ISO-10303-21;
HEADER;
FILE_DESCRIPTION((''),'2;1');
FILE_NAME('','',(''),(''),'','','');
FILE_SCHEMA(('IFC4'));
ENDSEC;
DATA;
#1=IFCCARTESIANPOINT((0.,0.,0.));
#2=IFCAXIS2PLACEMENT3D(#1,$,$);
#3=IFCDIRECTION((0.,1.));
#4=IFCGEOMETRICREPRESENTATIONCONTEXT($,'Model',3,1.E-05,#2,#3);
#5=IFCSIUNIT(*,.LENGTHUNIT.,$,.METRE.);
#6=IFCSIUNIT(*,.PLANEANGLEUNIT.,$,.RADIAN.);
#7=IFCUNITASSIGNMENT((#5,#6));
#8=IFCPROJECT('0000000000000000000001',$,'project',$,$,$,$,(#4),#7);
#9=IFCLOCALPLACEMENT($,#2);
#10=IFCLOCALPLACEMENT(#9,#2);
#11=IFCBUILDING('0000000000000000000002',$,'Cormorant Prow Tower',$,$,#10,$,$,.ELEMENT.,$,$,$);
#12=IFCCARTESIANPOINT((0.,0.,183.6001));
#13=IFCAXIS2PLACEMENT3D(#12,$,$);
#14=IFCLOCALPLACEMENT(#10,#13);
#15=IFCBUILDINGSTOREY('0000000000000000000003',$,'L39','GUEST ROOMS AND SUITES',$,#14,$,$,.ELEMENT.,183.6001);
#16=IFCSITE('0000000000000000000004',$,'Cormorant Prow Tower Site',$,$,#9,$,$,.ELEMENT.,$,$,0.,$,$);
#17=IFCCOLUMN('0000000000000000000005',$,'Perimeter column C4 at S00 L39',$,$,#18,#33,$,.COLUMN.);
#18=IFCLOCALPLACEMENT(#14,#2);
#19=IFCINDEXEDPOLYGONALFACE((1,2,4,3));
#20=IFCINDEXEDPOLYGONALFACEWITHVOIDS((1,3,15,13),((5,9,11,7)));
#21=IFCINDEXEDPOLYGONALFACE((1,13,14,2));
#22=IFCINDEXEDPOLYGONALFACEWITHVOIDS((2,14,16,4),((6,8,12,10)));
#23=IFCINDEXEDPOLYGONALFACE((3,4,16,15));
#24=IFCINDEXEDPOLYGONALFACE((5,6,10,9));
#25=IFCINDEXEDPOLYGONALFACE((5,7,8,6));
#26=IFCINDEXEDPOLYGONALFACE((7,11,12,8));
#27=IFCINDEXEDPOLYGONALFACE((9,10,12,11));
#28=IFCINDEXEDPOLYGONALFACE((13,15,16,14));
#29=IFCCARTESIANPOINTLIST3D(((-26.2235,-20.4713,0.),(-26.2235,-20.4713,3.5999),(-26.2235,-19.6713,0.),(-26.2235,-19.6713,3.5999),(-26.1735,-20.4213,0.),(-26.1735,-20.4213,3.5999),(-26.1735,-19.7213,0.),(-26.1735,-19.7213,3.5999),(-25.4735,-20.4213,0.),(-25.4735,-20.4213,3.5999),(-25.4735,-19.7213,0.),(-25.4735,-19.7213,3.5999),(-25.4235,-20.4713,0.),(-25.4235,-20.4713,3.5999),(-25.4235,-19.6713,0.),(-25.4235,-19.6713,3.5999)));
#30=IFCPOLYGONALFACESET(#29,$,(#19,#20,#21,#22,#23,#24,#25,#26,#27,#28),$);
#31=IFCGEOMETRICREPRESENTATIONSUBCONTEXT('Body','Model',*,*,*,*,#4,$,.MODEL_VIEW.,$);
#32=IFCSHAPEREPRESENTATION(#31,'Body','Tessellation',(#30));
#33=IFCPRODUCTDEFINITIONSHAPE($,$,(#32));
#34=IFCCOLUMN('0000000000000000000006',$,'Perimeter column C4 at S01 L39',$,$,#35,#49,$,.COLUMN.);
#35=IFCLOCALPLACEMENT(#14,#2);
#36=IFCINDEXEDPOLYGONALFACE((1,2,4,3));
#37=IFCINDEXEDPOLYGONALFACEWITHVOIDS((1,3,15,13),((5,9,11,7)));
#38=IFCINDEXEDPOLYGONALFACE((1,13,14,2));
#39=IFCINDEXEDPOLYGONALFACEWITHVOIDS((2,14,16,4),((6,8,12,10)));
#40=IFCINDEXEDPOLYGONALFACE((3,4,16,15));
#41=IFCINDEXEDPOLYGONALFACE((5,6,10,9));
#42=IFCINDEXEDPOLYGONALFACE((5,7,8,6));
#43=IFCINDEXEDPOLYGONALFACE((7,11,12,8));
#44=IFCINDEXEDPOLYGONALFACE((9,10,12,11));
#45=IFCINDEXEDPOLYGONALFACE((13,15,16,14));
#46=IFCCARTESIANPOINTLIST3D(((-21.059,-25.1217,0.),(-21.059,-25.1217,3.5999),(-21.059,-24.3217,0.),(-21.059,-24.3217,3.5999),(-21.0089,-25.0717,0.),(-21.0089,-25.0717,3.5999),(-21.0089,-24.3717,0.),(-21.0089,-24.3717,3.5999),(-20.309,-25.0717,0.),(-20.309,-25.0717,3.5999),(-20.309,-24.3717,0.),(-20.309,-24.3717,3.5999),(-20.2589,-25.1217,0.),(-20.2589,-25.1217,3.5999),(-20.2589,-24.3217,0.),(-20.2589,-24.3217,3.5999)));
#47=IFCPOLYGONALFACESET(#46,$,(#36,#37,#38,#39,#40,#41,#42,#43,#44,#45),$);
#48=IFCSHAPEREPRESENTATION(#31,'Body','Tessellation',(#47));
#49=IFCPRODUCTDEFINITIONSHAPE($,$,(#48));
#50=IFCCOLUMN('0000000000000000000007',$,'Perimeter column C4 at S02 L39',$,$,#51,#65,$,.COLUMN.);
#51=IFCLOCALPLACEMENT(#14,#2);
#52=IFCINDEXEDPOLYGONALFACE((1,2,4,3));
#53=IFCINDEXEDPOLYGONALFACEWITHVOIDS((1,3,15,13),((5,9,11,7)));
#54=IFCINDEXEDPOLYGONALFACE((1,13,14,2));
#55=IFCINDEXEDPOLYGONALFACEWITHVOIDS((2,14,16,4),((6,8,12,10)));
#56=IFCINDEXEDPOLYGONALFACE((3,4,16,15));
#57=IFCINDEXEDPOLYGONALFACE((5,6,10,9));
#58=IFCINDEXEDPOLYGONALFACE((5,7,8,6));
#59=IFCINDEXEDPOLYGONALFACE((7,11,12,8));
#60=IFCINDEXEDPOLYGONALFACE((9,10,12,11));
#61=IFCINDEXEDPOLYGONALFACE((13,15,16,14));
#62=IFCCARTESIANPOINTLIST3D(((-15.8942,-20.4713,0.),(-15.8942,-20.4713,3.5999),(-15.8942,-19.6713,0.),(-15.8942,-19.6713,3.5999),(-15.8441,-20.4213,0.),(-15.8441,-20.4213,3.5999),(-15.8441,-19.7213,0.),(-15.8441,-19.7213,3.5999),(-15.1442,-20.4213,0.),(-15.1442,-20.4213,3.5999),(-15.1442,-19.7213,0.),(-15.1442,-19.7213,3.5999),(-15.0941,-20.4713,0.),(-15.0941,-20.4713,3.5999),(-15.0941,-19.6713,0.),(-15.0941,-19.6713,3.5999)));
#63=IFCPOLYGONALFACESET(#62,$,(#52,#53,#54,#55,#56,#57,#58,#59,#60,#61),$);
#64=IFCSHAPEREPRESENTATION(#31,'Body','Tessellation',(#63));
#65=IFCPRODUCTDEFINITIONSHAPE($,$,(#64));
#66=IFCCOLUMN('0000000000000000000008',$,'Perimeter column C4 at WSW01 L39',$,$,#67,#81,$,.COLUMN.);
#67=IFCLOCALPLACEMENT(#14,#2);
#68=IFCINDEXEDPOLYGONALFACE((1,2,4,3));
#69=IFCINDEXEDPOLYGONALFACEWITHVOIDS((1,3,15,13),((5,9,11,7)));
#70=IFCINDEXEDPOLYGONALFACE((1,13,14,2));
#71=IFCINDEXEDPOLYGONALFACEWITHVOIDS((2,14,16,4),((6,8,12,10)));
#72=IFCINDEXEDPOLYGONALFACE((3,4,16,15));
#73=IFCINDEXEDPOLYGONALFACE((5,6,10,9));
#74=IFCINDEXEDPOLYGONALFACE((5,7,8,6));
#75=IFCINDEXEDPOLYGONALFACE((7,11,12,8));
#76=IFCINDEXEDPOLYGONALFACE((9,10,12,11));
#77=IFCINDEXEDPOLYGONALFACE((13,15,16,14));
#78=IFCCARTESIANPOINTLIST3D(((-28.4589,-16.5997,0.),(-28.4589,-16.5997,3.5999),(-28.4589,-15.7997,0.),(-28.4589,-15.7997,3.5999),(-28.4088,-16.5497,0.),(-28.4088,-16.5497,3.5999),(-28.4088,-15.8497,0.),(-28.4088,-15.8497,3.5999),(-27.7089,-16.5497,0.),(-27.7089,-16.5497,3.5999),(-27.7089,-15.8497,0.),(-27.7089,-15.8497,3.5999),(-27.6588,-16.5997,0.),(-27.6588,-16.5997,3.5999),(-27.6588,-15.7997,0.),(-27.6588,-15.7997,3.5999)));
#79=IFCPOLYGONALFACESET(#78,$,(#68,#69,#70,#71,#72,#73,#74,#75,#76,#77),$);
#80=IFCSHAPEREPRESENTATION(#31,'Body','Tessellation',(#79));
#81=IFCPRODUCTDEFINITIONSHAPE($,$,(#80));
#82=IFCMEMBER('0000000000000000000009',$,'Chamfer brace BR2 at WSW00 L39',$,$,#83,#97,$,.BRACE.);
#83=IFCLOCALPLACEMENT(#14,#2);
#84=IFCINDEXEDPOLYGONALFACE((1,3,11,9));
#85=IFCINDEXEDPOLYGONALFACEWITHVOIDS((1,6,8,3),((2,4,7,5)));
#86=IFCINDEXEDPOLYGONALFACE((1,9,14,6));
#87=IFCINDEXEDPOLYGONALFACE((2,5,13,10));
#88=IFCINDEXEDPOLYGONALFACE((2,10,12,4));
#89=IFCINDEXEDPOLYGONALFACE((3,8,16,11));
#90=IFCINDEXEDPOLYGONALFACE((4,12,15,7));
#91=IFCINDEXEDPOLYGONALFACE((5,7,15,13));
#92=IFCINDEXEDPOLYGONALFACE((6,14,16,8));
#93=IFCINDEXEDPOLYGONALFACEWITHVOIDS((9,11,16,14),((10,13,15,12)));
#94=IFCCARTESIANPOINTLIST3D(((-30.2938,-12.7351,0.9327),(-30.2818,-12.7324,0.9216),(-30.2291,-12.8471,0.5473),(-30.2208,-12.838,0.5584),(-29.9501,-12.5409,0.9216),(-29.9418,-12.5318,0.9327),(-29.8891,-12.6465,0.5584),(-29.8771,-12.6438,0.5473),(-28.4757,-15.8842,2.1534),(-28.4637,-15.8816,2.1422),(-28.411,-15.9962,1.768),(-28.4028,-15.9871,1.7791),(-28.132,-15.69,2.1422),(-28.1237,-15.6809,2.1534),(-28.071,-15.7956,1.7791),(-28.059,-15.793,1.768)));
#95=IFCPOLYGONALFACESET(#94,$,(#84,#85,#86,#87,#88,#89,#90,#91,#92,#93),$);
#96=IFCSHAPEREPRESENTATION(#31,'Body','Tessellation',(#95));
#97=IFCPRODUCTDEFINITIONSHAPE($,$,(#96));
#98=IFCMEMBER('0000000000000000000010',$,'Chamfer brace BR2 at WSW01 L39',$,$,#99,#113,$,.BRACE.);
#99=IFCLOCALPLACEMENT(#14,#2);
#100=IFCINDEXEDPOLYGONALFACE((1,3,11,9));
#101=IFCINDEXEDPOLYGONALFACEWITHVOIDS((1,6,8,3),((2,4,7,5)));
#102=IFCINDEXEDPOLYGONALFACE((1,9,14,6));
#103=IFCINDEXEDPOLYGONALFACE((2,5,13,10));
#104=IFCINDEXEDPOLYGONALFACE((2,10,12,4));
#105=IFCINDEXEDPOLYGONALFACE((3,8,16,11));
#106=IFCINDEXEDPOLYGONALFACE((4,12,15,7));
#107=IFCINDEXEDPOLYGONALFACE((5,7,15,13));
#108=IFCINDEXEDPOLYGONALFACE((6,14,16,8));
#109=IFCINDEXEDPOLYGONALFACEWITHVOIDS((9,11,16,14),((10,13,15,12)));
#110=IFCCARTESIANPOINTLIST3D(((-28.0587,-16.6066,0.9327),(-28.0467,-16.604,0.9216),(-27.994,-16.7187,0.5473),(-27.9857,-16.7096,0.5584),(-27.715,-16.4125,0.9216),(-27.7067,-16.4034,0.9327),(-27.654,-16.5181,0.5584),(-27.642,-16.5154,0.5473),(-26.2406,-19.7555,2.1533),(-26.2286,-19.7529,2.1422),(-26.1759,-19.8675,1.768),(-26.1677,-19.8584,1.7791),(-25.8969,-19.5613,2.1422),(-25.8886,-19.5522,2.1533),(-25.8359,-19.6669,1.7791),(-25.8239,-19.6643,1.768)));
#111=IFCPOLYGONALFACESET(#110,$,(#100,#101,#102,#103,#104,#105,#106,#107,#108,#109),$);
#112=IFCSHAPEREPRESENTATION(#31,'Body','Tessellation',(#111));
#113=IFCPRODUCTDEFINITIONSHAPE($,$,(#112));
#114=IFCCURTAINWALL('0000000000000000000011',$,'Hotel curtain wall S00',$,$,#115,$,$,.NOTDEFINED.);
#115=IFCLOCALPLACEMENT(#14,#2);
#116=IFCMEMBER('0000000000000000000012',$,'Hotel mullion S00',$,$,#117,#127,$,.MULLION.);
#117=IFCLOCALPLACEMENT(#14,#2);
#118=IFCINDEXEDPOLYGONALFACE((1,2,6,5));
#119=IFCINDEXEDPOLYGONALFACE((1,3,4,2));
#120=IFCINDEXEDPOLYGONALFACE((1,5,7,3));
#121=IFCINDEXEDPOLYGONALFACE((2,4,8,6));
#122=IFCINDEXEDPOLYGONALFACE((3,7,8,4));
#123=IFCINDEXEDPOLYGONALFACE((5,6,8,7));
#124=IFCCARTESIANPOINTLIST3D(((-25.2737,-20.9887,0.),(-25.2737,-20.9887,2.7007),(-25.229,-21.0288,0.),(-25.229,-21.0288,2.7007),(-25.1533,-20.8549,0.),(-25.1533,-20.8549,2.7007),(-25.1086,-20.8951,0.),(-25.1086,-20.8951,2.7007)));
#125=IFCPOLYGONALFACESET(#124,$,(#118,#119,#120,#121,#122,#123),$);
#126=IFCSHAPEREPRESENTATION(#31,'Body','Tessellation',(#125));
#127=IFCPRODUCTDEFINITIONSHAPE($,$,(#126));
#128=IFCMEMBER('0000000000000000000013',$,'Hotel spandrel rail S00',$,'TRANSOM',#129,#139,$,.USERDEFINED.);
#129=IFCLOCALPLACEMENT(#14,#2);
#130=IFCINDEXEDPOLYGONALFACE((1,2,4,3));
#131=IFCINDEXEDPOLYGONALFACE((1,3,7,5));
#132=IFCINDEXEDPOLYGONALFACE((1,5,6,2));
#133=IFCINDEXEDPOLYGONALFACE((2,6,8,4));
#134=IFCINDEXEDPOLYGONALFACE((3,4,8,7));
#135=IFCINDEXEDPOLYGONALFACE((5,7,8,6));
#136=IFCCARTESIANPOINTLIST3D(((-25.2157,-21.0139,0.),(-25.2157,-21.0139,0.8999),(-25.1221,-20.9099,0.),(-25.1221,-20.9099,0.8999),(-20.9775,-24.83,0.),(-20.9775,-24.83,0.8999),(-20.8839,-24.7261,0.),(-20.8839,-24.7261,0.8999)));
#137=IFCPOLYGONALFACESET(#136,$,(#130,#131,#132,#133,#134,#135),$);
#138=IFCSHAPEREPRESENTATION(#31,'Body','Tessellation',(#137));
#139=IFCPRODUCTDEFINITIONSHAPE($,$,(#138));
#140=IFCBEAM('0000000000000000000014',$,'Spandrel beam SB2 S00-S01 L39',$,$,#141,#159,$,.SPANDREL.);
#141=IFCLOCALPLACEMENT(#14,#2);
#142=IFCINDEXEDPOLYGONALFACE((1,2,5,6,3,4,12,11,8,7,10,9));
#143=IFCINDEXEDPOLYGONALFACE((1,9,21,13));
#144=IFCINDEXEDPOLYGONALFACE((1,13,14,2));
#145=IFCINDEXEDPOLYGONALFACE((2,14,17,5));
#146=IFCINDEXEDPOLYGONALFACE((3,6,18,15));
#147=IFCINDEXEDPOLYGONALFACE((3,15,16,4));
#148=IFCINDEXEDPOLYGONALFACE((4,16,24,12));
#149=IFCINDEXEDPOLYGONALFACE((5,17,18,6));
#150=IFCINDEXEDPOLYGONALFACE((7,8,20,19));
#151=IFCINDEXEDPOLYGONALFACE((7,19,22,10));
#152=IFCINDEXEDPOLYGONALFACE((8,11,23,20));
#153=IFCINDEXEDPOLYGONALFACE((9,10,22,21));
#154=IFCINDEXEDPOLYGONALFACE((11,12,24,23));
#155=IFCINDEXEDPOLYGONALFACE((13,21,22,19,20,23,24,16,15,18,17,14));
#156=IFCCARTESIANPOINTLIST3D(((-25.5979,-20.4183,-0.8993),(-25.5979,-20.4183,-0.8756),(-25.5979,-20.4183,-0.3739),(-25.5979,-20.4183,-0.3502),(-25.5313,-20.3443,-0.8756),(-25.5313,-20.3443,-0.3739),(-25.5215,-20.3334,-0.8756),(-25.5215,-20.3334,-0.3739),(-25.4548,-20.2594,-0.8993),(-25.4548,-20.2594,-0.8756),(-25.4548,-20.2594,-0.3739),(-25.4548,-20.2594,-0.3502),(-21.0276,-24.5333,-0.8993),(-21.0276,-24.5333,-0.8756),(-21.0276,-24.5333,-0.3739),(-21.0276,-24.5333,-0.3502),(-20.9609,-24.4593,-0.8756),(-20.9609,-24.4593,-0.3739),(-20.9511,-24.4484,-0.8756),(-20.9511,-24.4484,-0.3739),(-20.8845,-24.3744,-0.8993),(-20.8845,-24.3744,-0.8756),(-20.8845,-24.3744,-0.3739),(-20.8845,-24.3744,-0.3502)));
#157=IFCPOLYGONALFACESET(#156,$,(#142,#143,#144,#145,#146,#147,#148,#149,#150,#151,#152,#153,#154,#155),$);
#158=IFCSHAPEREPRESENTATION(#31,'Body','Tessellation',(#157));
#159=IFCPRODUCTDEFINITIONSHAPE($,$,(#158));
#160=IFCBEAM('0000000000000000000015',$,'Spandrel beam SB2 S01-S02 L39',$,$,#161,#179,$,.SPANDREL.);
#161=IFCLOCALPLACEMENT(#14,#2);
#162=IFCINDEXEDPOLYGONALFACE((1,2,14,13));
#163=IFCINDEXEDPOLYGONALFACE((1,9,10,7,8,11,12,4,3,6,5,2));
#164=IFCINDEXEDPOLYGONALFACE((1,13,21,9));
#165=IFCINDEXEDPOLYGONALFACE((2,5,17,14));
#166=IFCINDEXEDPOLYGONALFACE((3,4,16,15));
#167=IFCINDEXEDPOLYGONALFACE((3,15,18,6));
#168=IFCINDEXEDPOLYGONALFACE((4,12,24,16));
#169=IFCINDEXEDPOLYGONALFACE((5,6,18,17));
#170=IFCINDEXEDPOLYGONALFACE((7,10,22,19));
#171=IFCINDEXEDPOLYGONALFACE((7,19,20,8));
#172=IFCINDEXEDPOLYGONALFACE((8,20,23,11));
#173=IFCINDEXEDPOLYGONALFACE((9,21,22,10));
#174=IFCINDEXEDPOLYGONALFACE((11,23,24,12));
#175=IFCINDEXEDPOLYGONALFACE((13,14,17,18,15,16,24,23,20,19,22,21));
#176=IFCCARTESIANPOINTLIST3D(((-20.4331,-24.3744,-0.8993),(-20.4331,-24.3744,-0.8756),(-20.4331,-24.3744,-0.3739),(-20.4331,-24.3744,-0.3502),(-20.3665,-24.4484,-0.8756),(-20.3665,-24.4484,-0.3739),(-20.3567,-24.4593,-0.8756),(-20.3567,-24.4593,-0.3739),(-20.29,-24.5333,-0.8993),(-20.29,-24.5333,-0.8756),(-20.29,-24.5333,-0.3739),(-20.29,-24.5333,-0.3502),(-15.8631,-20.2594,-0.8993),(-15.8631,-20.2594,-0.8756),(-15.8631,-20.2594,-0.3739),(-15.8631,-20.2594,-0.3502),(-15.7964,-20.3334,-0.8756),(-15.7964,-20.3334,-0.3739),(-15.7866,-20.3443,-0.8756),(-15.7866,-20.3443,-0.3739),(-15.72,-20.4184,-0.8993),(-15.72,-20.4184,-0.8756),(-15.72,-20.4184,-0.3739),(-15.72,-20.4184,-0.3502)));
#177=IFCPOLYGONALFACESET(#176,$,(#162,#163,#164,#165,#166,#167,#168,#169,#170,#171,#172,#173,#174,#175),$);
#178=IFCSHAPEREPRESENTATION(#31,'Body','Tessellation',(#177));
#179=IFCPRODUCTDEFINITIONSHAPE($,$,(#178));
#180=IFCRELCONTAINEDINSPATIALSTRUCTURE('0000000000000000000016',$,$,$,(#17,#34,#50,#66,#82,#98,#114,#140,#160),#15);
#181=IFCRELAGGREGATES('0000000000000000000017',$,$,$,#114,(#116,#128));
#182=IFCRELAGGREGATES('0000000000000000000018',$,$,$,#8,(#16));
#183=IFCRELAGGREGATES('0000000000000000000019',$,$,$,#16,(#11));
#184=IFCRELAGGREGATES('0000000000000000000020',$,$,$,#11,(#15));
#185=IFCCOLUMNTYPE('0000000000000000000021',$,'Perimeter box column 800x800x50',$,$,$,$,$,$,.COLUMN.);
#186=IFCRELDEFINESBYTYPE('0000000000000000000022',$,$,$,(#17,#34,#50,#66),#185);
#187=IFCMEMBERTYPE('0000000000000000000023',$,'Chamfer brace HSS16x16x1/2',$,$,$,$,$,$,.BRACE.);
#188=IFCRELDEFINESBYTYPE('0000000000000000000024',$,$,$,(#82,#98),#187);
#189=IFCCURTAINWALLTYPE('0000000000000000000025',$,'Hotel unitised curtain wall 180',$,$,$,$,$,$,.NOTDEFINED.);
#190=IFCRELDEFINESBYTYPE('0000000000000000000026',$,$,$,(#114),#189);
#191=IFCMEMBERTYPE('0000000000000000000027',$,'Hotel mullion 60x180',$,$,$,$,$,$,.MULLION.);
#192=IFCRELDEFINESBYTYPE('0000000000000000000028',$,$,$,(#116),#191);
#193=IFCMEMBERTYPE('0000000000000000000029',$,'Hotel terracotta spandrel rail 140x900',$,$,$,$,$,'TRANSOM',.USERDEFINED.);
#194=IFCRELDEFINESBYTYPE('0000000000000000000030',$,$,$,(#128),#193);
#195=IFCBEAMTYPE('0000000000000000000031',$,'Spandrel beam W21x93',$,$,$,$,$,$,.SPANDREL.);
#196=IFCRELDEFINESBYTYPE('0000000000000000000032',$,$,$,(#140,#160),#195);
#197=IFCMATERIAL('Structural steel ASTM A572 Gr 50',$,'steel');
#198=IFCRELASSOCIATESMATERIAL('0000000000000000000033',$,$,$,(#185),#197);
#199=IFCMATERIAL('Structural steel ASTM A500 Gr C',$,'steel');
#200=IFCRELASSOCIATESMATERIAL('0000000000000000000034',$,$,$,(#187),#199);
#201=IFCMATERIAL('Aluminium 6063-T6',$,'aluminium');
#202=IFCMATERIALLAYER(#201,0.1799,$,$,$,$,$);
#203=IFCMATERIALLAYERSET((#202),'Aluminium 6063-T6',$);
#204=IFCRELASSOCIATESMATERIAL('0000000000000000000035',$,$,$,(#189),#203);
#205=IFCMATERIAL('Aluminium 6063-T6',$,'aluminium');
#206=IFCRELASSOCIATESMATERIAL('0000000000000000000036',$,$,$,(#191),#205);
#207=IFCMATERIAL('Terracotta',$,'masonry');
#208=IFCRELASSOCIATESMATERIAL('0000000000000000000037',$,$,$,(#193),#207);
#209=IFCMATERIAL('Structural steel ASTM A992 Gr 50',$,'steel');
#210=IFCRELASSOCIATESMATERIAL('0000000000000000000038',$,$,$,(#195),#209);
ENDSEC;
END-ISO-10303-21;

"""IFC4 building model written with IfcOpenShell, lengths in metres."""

from ifc_helpers import new_model, si_unit, direction, frame, origin, origin_2d, place, context, subcontext, project, spatial, rectangle, hollow_rectangle, i_section, extrude, material, layer, layer_set, material_profile, profile_set, type_object, element, aggregate, save


model = new_model("IFC4")

# Units and contexts
model_context = context("Model", 3, precision=1e-05, world=origin(), true_north=direction((0.0, 1.0)))
body_context = subcontext(model_context, "Body", "Model", "MODEL_VIEW")
ifc_project = project(units=[si_unit("LENGTHUNIT", "METRE"), si_unit("PLANEANGLEUNIT", "RADIAN")], contexts=[model_context])

# Site, building, storey
site_placement = place(None, origin())
site = spatial("IfcSite", under=ifc_project, at=site_placement, Name="Cormorant Prow Tower Site", CompositionType="ELEMENT", RefElevation=0.0)
building_placement = place(site_placement, origin())
building = spatial("IfcBuilding", under=site, at=building_placement, Name="Cormorant Prow Tower", CompositionType="ELEMENT")
storey_placement = place(building_placement, frame((0.0, 0.0, 183.6001)))
storey = spatial("IfcBuildingStorey", under=building, at=storey_placement, Name="L39", Description="GUEST ROOMS AND SUITES", CompositionType="ELEMENT", Elevation=183.6001)

# Columns
ifc_material_1 = material(Name="Structural steel ASTM A572 Gr 50", Category="steel")
ifc_material_profile_1 = material_profile(ifc_material_1, hollow_rectangle(XDim=0.8, YDim=0.8, WallThickness=0.05, at=origin_2d()), Name="Box 800x800x50")
ifc_profile_set_1 = profile_set([ifc_material_profile_1], Name="Structural steel ASTM A572 Gr 50")
column_type = type_object("IfcColumnType", Name="Perimeter box column 800x800x50", PredefinedType="COLUMN", material=ifc_profile_set_1)
for number, where, z_axis, x_axis, name in (
    (1, (-25.8235, -20.0713, 0.0), (0.0, 0.0, 1.0), (1.0, 0.0, 0.0), "Perimeter column C4 at S00 L39"),
    (2, (-20.6589, -24.7217, 0.0), (0.0, 0.0, 1.0), (1.0, 0.0, 0.0), "Perimeter column C4 at S01 L39"),
    (3, (-15.4941, -20.0713, 0.0), (0.0, 0.0, 1.0), (1.0, 0.0, 0.0), "Perimeter column C4 at S02 L39"),
    (4, (-28.0588, -16.1997, 0.0), (0.0, 0.0, 1.0), (1.0, 0.0, 0.0), "Perimeter column C4 at WSW01 L39"),
):
    element("IfcColumn", number, at=place(storey_placement, frame(where, z_axis=z_axis, x_axis=x_axis)), inside=storey, type_object=column_type, Name=name, PredefinedType="COLUMN", context=body_context, shape_type="SweptSolid", body=[
        extrude(hollow_rectangle(XDim=0.8, YDim=0.8, WallThickness=0.05, at=origin_2d()), origin(), (0.0, 0.0, 1.0), 3.5999),
    ])

# Members
ifc_material_2 = material(Name="Structural steel ASTM A500 Gr C", Category="steel")
ifc_material_profile_2 = material_profile(ifc_material_2, hollow_rectangle(XDim=0.4065, YDim=0.4065, WallThickness=0.0117, at=origin_2d()), Name="HSS16x16x1/2")
ifc_profile_set_2 = profile_set([ifc_material_profile_2], Name="Structural steel ASTM A500 Gr C")
member_type_1 = type_object("IfcMemberType", Name="Chamfer brace HSS16x16x1/2", PredefinedType="BRACE", material=ifc_profile_set_2)
member_1_placement = place(storey_placement, frame((-30.0854, -12.6895, 0.74), z_axis=(0.473993, -0.821006, 0.318244), x_axis=(0.866032, 0.499988, 0.0)))
element("IfcMember", 5, at=member_1_placement, inside=storey, type_object=member_type_1, Name="Chamfer brace BR2 at WSW00 L39", PredefinedType="BRACE", context=body_context, shape_type="SweptSolid", body=[
    extrude(hollow_rectangle(XDim=0.4065, YDim=0.4065, WallThickness=0.0117, at=origin_2d()), origin(), (0.0, 0.0, 1.0), 3.8357),
])
member_2_placement = place(storey_placement, frame((-27.8503, -16.561, 0.74), z_axis=(0.474018, -0.820986, 0.318261), x_axis=(0.866016, 0.500017, 0.0)))
element("IfcMember", 6, at=member_2_placement, inside=storey, type_object=member_type_1, Name="Chamfer brace BR2 at WSW01 L39", PredefinedType="BRACE", context=body_context, shape_type="SweptSolid", body=[
    extrude(hollow_rectangle(XDim=0.4065, YDim=0.4065, WallThickness=0.0117, at=origin_2d()), origin(), (0.0, 0.0, 1.0), 3.8354),
])

# Curtain wall, members
ifc_material_3 = material(Name="Aluminium 6063-T6", Category="aluminium")
ifc_layer_1 = layer(ifc_material_3, 0.1799)
ifc_layer_set_1 = layer_set([ifc_layer_1], Name="Aluminium 6063-T6")
curtain_wall_type = type_object("IfcCurtainWallType", Name="Hotel unitised curtain wall 180", PredefinedType="NOTDEFINED", material=ifc_layer_set_1)
curtain_wall_placement = place(storey_placement, origin())
curtain_wall = element("IfcCurtainWall", 7, at=curtain_wall_placement, inside=storey, type_object=curtain_wall_type, Name="Hotel curtain wall S00", PredefinedType="NOTDEFINED")
ifc_material_4 = material(Name="Aluminium 6063-T6", Category="aluminium")
ifc_material_profile_3 = material_profile(ifc_material_4, rectangle(XDim=0.1799, YDim=0.0601, at=origin_2d()), Name="Hotel mullion 60x180")
ifc_profile_set_3 = profile_set([ifc_material_profile_3], Name="Aluminium 6063-T6")
member_type_2 = type_object("IfcMemberType", Name="Hotel mullion 60x180", PredefinedType="MULLION", material=ifc_profile_set_3)
member_3_placement = place(storey_placement, frame((-25.1912, -20.9419, 0.0), z_axis=(0.0, 0.0, 1.0), x_axis=(0.669131, 0.743145, 0.0)))
member_3 = element("IfcMember", 8, at=member_3_placement, type_object=member_type_2, Name="Hotel mullion S00", PredefinedType="MULLION", context=body_context, shape_type="SweptSolid", body=[
    extrude(rectangle(XDim=0.1799, YDim=0.0601, at=origin_2d()), origin(), (0.0, 0.0, 1.0), 2.7007),
])
ifc_material_5 = material(Name="Terracotta", Category="masonry")
ifc_material_profile_4 = material_profile(ifc_material_5, rectangle(XDim=0.1399, YDim=0.8999, at=origin_2d()), Name="Hotel terracotta spandrel rail 140x900")
ifc_profile_set_4 = profile_set([ifc_material_profile_4], Name="Terracotta")
member_type_3 = type_object("IfcMemberType", Name="Hotel terracotta spandrel rail 140x900", ElementType="TRANSOM", PredefinedType="USERDEFINED", material=ifc_profile_set_4)
member_4_placement = place(storey_placement, frame((-25.1689, -20.9619, 0.45), z_axis=(0.743145, -0.66913, 0.0), x_axis=(0.66913, 0.743145, 0.0)))
member_4 = element("IfcMember", 9, at=member_4_placement, type_object=member_type_3, Name="Hotel spandrel rail S00", ObjectType="TRANSOM", PredefinedType="USERDEFINED", context=body_context, shape_type="SweptSolid", body=[
    extrude(rectangle(XDim=0.1399, YDim=0.8999, at=origin_2d()), origin(), (0.0, 0.0, 1.0), 5.7031),
])

# Beams
ifc_material_6 = material(Name="Structural steel ASTM A992 Gr 50", Category="steel")
ifc_material_profile_5 = material_profile(ifc_material_6, i_section(OverallWidth=0.2139, OverallDepth=0.5491, WebThickness=0.0146, FlangeThickness=0.0237, at=origin_2d()), Name="W21x93")
ifc_profile_set_5 = profile_set([ifc_material_profile_5], Name="Structural steel ASTM A992 Gr 50")
beam_type = type_object("IfcBeamType", Name="Spandrel beam W21x93", PredefinedType="SPANDREL", material=ifc_profile_set_5)
beam_placement = place(storey_placement, frame((-25.5264, -20.3389, -0.6248), z_axis=(0.743156, -0.669118, 0.0), x_axis=(0.669118, 0.743156, 0.0)))
element("IfcBeam", 10, at=beam_placement, inside=storey, type_object=beam_type, Name="Spandrel beam SB2 S00-S01 L39", PredefinedType="SPANDREL", context=body_context, shape_type="SweptSolid", body=[
    extrude(i_section(OverallWidth=0.2139, OverallDepth=0.5491, WebThickness=0.0146, FlangeThickness=0.0237, at=origin_2d()), origin(), (0.0, 0.0, 1.0), 6.1499),
])
for number, where, z_axis, x_axis, name in (
    (11, (-20.3616, -24.4539, -0.6248), (0.743138, 0.669138, 0.0), (-0.669138, 0.743138, 0.0), "Spandrel beam SB2 S01-S02 L39"),
):
    element("IfcBeam", number, at=place(storey_placement, frame(where, z_axis=z_axis, x_axis=x_axis)), inside=storey, type_object=beam_type, Name=name, PredefinedType="SPANDREL", context=body_context, shape_type="SweptSolid", body=[
        extrude(i_section(OverallWidth=0.2139, OverallDepth=0.5491, WebThickness=0.0146, FlangeThickness=0.0237, at=origin_2d()), origin(), (0.0, 0.0, 1.0), 6.1497),
    ])

aggregate(curtain_wall, [member_3, member_4])

save(model, "model.ifc")
